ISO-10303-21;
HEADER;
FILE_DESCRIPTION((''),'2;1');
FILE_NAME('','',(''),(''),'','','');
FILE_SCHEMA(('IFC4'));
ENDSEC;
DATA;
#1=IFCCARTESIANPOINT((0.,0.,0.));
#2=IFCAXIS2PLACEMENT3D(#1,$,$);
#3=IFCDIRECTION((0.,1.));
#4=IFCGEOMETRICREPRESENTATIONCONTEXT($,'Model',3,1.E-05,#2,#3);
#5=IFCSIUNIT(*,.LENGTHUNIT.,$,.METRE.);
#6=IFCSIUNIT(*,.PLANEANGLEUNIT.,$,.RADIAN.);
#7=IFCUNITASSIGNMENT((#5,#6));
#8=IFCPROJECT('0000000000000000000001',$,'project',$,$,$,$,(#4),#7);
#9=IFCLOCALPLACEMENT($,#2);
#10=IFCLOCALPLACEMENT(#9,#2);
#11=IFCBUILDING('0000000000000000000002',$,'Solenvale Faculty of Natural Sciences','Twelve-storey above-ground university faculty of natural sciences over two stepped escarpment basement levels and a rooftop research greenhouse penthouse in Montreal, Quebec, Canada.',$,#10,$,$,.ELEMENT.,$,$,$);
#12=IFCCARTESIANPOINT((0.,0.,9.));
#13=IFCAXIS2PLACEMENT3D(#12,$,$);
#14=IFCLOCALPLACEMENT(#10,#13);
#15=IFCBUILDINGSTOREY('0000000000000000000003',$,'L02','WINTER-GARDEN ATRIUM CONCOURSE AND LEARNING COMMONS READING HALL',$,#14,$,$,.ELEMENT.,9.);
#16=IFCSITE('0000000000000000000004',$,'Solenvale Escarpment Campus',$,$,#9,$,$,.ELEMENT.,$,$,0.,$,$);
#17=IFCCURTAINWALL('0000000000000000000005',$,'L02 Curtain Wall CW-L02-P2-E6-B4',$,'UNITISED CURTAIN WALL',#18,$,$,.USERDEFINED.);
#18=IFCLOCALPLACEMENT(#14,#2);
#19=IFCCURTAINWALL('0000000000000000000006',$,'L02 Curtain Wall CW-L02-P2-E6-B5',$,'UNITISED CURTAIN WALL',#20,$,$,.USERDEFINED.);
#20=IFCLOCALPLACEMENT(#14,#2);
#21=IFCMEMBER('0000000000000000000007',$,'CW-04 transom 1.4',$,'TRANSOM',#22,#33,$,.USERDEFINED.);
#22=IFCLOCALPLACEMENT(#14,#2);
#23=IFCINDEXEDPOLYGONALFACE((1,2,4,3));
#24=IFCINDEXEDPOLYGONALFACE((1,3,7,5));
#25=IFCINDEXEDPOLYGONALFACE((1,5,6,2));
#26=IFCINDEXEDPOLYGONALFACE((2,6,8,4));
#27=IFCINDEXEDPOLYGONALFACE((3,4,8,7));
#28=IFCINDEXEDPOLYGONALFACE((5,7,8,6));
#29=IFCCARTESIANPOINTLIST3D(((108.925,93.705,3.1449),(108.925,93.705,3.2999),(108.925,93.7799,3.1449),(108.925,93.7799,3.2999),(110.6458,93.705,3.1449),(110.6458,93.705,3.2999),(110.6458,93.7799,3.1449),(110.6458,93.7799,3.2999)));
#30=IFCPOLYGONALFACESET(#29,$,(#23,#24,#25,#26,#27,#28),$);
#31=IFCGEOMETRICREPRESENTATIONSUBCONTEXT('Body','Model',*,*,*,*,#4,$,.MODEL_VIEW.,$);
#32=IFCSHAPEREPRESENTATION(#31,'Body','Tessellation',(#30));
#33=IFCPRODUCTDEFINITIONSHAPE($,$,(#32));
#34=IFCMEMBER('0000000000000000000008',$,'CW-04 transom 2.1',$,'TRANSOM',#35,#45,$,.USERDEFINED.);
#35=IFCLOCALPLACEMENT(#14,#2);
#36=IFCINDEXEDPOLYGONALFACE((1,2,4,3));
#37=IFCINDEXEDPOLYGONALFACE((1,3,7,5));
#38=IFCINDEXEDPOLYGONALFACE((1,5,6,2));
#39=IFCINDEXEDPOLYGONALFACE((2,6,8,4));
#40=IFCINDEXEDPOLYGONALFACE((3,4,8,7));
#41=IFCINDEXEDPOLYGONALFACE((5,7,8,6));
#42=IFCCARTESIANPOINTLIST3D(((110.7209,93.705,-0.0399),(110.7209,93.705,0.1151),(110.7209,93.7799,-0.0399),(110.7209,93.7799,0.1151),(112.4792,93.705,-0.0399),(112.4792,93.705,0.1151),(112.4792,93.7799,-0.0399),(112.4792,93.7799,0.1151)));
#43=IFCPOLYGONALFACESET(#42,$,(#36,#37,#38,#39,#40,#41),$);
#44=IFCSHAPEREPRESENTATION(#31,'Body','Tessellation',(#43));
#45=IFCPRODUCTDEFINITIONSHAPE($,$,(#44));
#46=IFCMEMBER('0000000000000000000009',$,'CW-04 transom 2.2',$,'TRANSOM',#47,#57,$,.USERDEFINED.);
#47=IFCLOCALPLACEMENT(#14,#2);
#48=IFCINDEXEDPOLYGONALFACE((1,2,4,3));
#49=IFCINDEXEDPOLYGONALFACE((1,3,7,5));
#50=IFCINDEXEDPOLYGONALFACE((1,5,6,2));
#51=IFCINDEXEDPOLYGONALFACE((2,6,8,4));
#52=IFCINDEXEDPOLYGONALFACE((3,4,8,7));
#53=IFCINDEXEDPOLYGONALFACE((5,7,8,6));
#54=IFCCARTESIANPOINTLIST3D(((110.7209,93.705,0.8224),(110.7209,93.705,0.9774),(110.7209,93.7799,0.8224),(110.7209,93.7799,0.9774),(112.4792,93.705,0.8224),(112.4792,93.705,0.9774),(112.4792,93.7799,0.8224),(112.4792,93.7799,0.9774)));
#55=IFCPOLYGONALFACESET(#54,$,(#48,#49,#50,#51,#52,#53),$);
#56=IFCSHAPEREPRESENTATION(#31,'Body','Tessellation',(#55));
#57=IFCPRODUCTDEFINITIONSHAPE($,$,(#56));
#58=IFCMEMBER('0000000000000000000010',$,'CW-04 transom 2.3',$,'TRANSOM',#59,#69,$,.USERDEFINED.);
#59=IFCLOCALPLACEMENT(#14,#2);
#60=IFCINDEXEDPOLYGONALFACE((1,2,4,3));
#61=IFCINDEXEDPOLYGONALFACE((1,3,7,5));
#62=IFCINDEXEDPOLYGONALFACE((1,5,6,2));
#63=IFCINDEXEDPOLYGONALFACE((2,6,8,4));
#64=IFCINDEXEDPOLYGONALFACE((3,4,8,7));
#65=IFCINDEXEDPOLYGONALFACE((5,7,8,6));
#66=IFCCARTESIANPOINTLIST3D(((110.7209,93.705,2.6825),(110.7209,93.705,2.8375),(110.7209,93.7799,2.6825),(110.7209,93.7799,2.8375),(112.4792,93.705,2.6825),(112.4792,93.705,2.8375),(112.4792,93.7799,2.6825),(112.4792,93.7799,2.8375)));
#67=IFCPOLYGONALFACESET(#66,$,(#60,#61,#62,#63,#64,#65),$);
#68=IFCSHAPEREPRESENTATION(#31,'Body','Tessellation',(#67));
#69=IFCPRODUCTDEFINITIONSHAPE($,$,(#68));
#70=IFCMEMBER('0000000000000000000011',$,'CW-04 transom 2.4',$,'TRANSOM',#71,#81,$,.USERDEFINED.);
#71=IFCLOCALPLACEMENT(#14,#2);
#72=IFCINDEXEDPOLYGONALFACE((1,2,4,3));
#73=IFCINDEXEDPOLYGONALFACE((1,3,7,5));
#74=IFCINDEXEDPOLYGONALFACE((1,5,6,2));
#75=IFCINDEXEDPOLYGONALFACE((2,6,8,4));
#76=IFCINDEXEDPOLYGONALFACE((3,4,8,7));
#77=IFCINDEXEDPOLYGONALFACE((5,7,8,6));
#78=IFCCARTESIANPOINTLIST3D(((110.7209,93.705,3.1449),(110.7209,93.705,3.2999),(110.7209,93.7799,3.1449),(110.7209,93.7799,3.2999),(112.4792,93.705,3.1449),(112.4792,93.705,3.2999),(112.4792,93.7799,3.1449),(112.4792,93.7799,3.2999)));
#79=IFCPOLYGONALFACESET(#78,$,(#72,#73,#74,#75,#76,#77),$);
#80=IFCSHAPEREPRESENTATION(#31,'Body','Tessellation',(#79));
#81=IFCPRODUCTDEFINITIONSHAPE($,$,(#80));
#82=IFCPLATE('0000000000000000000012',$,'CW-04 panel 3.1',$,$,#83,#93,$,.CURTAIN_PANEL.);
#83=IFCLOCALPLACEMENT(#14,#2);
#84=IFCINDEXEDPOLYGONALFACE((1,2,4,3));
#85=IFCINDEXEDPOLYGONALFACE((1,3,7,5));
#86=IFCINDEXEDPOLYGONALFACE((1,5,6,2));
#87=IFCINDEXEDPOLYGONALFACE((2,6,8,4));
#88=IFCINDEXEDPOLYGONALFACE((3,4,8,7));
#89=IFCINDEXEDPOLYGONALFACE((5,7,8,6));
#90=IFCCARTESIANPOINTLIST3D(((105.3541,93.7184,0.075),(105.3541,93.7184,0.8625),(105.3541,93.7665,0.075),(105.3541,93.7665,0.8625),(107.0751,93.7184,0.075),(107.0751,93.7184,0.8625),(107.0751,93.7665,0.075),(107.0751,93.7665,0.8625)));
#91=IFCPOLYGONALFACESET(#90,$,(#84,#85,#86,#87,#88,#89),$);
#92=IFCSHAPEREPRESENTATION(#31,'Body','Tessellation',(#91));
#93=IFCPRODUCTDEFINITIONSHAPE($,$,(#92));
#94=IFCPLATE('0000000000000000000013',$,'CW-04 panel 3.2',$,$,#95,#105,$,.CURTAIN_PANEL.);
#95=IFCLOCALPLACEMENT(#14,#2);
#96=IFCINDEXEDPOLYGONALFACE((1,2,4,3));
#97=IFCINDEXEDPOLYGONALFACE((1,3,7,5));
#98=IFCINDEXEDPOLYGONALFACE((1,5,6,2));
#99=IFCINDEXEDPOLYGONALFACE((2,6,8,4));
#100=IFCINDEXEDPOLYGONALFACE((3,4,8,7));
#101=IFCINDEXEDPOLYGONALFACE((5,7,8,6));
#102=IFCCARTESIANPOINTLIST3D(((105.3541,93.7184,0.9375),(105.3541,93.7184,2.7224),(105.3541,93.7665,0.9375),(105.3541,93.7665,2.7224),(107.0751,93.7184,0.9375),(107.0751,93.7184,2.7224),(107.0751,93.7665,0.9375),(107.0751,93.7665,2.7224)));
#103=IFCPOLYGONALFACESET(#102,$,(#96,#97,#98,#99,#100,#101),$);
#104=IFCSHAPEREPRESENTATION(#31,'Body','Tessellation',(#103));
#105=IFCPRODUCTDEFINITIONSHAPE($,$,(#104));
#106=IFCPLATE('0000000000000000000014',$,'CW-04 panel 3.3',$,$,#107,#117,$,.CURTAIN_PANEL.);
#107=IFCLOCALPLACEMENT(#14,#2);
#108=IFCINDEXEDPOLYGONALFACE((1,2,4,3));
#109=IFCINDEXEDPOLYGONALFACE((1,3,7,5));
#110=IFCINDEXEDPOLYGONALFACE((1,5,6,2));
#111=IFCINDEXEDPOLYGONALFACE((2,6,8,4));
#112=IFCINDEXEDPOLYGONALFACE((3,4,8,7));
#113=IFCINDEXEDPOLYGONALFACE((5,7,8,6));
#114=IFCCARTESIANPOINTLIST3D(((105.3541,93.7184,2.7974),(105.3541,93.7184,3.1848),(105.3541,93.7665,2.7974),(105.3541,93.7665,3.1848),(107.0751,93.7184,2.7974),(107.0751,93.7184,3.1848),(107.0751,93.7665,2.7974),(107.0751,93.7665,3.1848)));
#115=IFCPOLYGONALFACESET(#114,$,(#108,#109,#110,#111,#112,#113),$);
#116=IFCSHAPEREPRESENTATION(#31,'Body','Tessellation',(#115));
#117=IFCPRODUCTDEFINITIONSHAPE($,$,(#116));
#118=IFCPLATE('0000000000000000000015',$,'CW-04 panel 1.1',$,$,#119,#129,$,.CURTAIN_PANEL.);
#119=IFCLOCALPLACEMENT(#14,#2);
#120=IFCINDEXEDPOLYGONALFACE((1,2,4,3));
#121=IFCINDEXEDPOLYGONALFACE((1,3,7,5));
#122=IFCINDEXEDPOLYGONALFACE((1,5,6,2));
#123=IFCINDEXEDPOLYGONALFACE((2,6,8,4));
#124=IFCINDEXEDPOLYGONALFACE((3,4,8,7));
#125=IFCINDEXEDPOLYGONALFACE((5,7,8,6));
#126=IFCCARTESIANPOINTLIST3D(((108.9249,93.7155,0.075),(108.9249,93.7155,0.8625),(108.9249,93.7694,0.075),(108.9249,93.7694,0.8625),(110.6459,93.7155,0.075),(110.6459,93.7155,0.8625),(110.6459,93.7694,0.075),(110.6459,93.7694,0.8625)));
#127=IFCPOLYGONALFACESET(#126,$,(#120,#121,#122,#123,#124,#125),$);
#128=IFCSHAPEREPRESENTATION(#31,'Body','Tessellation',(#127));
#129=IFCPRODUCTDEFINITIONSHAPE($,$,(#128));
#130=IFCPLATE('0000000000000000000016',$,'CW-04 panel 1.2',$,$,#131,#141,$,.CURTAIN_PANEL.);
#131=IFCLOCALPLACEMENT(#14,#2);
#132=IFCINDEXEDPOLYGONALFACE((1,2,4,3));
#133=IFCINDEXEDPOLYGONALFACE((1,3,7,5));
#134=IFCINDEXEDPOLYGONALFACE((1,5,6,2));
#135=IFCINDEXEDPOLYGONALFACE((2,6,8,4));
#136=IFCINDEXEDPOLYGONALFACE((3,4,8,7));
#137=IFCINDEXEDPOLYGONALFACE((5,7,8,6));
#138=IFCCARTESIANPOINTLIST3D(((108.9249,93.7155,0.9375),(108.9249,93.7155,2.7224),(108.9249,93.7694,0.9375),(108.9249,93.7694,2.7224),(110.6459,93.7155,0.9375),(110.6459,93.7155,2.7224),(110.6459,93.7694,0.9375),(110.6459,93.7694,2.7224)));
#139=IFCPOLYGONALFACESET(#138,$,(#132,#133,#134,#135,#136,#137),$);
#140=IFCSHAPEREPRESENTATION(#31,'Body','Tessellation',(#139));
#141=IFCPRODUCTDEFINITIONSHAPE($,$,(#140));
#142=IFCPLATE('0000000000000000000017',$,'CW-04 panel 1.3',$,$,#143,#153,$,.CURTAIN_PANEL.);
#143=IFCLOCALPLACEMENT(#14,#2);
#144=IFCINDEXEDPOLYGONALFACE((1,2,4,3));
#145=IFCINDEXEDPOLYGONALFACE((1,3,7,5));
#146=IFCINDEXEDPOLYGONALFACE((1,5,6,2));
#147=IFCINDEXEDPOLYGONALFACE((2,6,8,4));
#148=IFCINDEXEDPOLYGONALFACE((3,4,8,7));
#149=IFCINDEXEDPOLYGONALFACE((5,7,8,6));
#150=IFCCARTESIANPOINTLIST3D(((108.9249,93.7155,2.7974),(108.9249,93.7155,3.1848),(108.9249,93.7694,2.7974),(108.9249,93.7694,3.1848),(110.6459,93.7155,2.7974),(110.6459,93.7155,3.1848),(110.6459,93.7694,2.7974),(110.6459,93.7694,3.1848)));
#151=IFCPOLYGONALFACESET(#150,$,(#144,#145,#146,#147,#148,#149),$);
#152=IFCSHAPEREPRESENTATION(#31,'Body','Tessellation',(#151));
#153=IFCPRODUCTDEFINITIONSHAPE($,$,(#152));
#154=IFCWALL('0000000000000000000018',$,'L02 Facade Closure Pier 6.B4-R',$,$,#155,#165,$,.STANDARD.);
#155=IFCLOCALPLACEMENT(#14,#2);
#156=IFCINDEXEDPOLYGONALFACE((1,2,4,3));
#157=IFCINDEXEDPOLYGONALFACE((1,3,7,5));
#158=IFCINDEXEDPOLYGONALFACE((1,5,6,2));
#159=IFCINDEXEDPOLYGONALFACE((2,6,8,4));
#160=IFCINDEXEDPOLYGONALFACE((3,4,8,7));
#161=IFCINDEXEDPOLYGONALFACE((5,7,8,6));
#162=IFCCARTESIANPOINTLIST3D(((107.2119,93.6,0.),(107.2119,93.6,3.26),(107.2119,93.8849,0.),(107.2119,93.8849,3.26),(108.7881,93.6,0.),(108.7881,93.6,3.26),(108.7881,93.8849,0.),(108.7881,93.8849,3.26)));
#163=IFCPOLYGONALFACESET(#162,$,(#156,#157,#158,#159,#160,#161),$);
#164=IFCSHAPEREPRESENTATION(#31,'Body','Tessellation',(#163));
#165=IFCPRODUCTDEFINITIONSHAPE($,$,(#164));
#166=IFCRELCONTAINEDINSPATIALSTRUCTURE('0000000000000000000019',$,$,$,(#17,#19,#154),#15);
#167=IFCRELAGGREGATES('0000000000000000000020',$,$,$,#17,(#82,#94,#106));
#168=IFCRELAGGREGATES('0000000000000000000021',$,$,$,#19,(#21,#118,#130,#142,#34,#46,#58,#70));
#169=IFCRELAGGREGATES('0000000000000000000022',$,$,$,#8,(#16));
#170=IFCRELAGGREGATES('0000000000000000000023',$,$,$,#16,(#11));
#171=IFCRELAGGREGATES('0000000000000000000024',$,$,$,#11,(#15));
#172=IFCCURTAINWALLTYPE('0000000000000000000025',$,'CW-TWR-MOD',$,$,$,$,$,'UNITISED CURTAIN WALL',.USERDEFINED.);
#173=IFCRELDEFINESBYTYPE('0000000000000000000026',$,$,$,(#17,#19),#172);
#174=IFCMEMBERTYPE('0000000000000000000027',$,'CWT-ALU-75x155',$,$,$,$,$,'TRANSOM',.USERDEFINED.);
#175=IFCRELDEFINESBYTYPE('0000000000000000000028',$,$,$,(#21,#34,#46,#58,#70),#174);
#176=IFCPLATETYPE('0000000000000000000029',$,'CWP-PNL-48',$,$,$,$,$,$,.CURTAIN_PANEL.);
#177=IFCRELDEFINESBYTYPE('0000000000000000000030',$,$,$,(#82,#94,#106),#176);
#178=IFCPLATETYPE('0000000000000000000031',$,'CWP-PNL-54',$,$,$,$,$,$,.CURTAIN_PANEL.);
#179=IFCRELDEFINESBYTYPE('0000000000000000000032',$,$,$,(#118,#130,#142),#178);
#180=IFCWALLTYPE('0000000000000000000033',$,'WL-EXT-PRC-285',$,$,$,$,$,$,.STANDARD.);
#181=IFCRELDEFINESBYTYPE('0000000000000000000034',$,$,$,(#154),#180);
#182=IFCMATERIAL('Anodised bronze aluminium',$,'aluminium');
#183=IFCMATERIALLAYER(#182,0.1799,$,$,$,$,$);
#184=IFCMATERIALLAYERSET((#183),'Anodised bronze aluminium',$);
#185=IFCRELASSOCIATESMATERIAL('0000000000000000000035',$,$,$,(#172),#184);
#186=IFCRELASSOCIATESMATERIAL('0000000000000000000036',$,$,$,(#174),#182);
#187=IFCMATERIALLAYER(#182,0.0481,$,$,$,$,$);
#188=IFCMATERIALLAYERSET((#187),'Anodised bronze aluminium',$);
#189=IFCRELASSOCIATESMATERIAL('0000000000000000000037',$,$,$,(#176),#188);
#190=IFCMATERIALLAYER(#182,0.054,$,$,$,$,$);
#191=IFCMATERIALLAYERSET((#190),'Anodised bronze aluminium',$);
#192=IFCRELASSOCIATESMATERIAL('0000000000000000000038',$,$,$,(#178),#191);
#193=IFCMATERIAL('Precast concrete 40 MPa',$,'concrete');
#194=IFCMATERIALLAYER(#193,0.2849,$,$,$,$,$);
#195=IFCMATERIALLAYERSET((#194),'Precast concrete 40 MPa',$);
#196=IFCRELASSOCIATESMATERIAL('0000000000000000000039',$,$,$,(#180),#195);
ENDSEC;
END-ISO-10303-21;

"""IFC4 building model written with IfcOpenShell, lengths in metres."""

from ifc_helpers import new_model, si_unit, direction, frame, frame_2d, origin, origin_2d, place, context, subcontext, project, spatial, rectangle, extrude, material, layer, layer_set, material_profile, profile_set, type_object, element, aggregate, save


model = new_model("IFC4")

# Units and contexts
model_context = context("Model", 3, precision=1e-05, world=origin(), true_north=direction((0.0, 1.0)))
body_context = subcontext(model_context, "Body", "Model", "MODEL_VIEW")
ifc_project = project(units=[si_unit("LENGTHUNIT", "METRE"), si_unit("PLANEANGLEUNIT", "RADIAN")], contexts=[model_context])

# Site, building, storey
site_placement = place(None, origin())
site = spatial("IfcSite", under=ifc_project, at=site_placement, Name="Solenvale Escarpment Campus", CompositionType="ELEMENT", RefElevation=0.0)
building_placement = place(site_placement, origin())
building = spatial("IfcBuilding", under=site, at=building_placement, Name="Solenvale Faculty of Natural Sciences", Description="Twelve-storey above-ground university faculty of natural sciences over two stepped escarpment basement levels and a rooftop research greenhouse penthouse in Montreal, Quebec, Canada.", CompositionType="ELEMENT")
storey_placement = place(building_placement, frame((0.0, 0.0, 9.0)))
storey = spatial("IfcBuildingStorey", under=building, at=storey_placement, Name="L02", Description="WINTER-GARDEN ATRIUM CONCOURSE AND LEARNING COMMONS READING HALL", CompositionType="ELEMENT", Elevation=9.0)

# Curtain wall
ifc_material_1 = material(Name="Anodised bronze aluminium", Category="aluminium")
ifc_layer_1 = layer(ifc_material_1, 0.1799)
ifc_layer_set_1 = layer_set([ifc_layer_1], Name="Anodised bronze aluminium")
curtain_wall_type = type_object("IfcCurtainWallType", Name="CW-TWR-MOD", ElementType="UNITISED CURTAIN WALL", PredefinedType="USERDEFINED", material=ifc_layer_set_1)
curtain_wall_1_placement = place(storey_placement, origin())
curtain_wall_1 = element("IfcCurtainWall", 1, at=curtain_wall_1_placement, inside=storey, type_object=curtain_wall_type, Name="L02 Curtain Wall CW-L02-P2-E6-B4", ObjectType="UNITISED CURTAIN WALL", PredefinedType="USERDEFINED")

# Curtain wall
curtain_wall_2_placement = place(storey_placement, origin())
curtain_wall_2 = element("IfcCurtainWall", 2, at=curtain_wall_2_placement, inside=storey, type_object=curtain_wall_type, Name="L02 Curtain Wall CW-L02-P2-E6-B5", ObjectType="UNITISED CURTAIN WALL", PredefinedType="USERDEFINED")

# Members
ifc_material_profile_1 = material_profile(ifc_material_1, rectangle(XDim=0.075, YDim=0.155, at=origin_2d()), Name="ALU-TRN-75x155")
ifc_profile_set_1 = profile_set([ifc_material_profile_1], Name="Anodised bronze aluminium")
member_type_1 = type_object("IfcMemberType", Name="CWT-ALU-75x155", ElementType="TRANSOM", PredefinedType="USERDEFINED", material=ifc_profile_set_1)
member_1_placement = place(storey_placement, frame((108.925, 93.7424, 3.2224), z_axis=(1.0, 0.0, 0.0), x_axis=(0.0, 1.0, 0.0)))
member_1 = element("IfcMember", 3, at=member_1_placement, type_object=member_type_1, Name="CW-04 transom 1.4", ObjectType="TRANSOM", PredefinedType="USERDEFINED", context=body_context, shape_type="SweptSolid", body=[
    extrude(rectangle(XDim=0.075, YDim=0.155, at=origin_2d()), origin(), (0.0, 0.0, 1.0), 1.7207),
])
member_2_placement = place(storey_placement, frame((110.7209, 93.7424, 0.0376), z_axis=(1.0, 0.0, 0.0), x_axis=(0.0, 1.0, 0.0)))
member_2 = element("IfcMember", 4, at=member_2_placement, type_object=member_type_1, Name="CW-04 transom 2.1", ObjectType="TRANSOM", PredefinedType="USERDEFINED", context=body_context, shape_type="SweptSolid", body=[
    extrude(rectangle(XDim=0.075, YDim=0.155, at=origin_2d()), origin(), (0.0, 0.0, 1.0), 1.7583),
])
member_3_placement = place(storey_placement, frame((110.7209, 93.7424, 0.8999), z_axis=(1.0, 0.0, 0.0), x_axis=(0.0, 1.0, 0.0)))
member_3 = element("IfcMember", 5, at=member_3_placement, type_object=member_type_1, Name="CW-04 transom 2.2", ObjectType="TRANSOM", PredefinedType="USERDEFINED", context=body_context, shape_type="SweptSolid", body=[
    extrude(rectangle(XDim=0.075, YDim=0.155, at=origin_2d()), origin(), (0.0, 0.0, 1.0), 1.7583),
])
member_4_placement = place(storey_placement, frame((110.7209, 93.7424, 2.76), z_axis=(1.0, 0.0, 0.0), x_axis=(0.0, 1.0, 0.0)))
member_4 = element("IfcMember", 6, at=member_4_placement, type_object=member_type_1, Name="CW-04 transom 2.3", ObjectType="TRANSOM", PredefinedType="USERDEFINED", context=body_context, shape_type="SweptSolid", body=[
    extrude(rectangle(XDim=0.075, YDim=0.155, at=origin_2d()), origin(), (0.0, 0.0, 1.0), 1.7583),
])
member_5_placement = place(storey_placement, frame((110.7209, 93.7424, 3.2224), z_axis=(1.0, 0.0, 0.0), x_axis=(0.0, 1.0, 0.0)))
member_5 = element("IfcMember", 7, at=member_5_placement, type_object=member_type_1, Name="CW-04 transom 2.4", ObjectType="TRANSOM", PredefinedType="USERDEFINED", context=body_context, shape_type="SweptSolid", body=[
    extrude(rectangle(XDim=0.075, YDim=0.155, at=origin_2d()), origin(), (0.0, 0.0, 1.0), 1.7583),
])

# Plates
ifc_layer_2 = layer(ifc_material_1, 0.0481)
ifc_layer_set_2 = layer_set([ifc_layer_2], Name="Anodised bronze aluminium")
plate_type_1 = type_object("IfcPlateType", Name="CWP-PNL-48", PredefinedType="CURTAIN_PANEL", material=ifc_layer_set_2)
plate_1_placement = place(storey_placement, frame((106.2146, 93.7424, 0.075), z_axis=(0.0, 0.0, 1.0), x_axis=(1.0, 0.0, 0.0)))
plate_1 = element("IfcPlate", 8, at=plate_1_placement, type_object=plate_type_1, Name="CW-04 panel 3.1", PredefinedType="CURTAIN_PANEL", context=body_context, shape_type="SweptSolid", body=[
    extrude(rectangle(XDim=1.7209, YDim=0.0481, at=origin_2d()), origin(), (0.0, 0.0, 1.0), 0.7876),
])
plate_2_placement = place(storey_placement, frame((106.2146, 93.7424, 0.9375), z_axis=(0.0, 0.0, 1.0), x_axis=(1.0, 0.0, 0.0)))
plate_2 = element("IfcPlate", 9, at=plate_2_placement, type_object=plate_type_1, Name="CW-04 panel 3.2", PredefinedType="CURTAIN_PANEL", context=body_context, shape_type="SweptSolid", body=[
    extrude(rectangle(XDim=1.7209, YDim=0.0481, at=origin_2d()), origin(), (0.0, 0.0, 1.0), 1.7849),
])
plate_3_placement = place(storey_placement, frame((106.2146, 93.7424, 2.7974), z_axis=(0.0, 0.0, 1.0), x_axis=(1.0, 0.0, 0.0)))
plate_3 = element("IfcPlate", 10, at=plate_3_placement, type_object=plate_type_1, Name="CW-04 panel 3.3", PredefinedType="CURTAIN_PANEL", context=body_context, shape_type="SweptSolid", body=[
    extrude(rectangle(XDim=1.7209, YDim=0.0481, at=origin_2d()), origin(), (0.0, 0.0, 1.0), 0.3875),
])
aggregate(curtain_wall_1, [plate_1, plate_2, plate_3])
ifc_layer_3 = layer(ifc_material_1, 0.054)
ifc_layer_set_3 = layer_set([ifc_layer_3], Name="Anodised bronze aluminium")
plate_type_2 = type_object("IfcPlateType", Name="CWP-PNL-54", PredefinedType="CURTAIN_PANEL", material=ifc_layer_set_3)
plate_4_placement = place(storey_placement, frame((109.7854, 93.7424, 0.075), z_axis=(0.0, 0.0, 1.0), x_axis=(1.0, 0.0, 0.0)))
plate_4 = element("IfcPlate", 11, at=plate_4_placement, type_object=plate_type_2, Name="CW-04 panel 1.1", PredefinedType="CURTAIN_PANEL", context=body_context, shape_type="SweptSolid", body=[
    extrude(rectangle(XDim=1.7209, YDim=0.054, at=origin_2d()), origin(), (0.0, 0.0, 1.0), 0.7876),
])
plate_5_placement = place(storey_placement, frame((109.7854, 93.7424, 0.9375), z_axis=(0.0, 0.0, 1.0), x_axis=(1.0, 0.0, 0.0)))
plate_5 = element("IfcPlate", 12, at=plate_5_placement, type_object=plate_type_2, Name="CW-04 panel 1.2", PredefinedType="CURTAIN_PANEL", context=body_context, shape_type="SweptSolid", body=[
    extrude(rectangle(XDim=1.7209, YDim=0.054, at=origin_2d()), origin(), (0.0, 0.0, 1.0), 1.7849),
])
plate_6_placement = place(storey_placement, frame((109.7854, 93.7424, 2.7974), z_axis=(0.0, 0.0, 1.0), x_axis=(1.0, 0.0, 0.0)))
plate_6 = element("IfcPlate", 13, at=plate_6_placement, type_object=plate_type_2, Name="CW-04 panel 1.3", PredefinedType="CURTAIN_PANEL", context=body_context, shape_type="SweptSolid", body=[
    extrude(rectangle(XDim=1.7209, YDim=0.054, at=origin_2d()), origin(), (0.0, 0.0, 1.0), 0.3875),
])
aggregate(curtain_wall_2, [member_1, plate_4, plate_5, plate_6, member_2, member_3, member_4, member_5])

# Wall
ifc_material_2 = material(Name="Precast concrete 40 MPa", Category="concrete")
ifc_layer_4 = layer(ifc_material_2, 0.2849)
ifc_layer_set_4 = layer_set([ifc_layer_4], Name="Precast concrete 40 MPa")
wall_type = type_object("IfcWallType", Name="WL-EXT-PRC-285", PredefinedType="STANDARD", material=ifc_layer_set_4)
wall_placement = place(storey_placement, frame((107.2119, 93.7424, 0.0), z_axis=(0.0, 0.0, 1.0), x_axis=(1.0, 0.0, 0.0)))
element("IfcWall", 14, at=wall_placement, inside=storey, type_object=wall_type, Name="L02 Facade Closure Pier 6.B4-R", PredefinedType="STANDARD", context=body_context, shape_type="SweptSolid", body=[
    extrude(rectangle(XDim=1.5762, YDim=0.2849, at=frame_2d((0.7881, 0.0))), origin(), (0.0, 0.0, 1.0), 3.26),
])

save(model, "model.ifc")
